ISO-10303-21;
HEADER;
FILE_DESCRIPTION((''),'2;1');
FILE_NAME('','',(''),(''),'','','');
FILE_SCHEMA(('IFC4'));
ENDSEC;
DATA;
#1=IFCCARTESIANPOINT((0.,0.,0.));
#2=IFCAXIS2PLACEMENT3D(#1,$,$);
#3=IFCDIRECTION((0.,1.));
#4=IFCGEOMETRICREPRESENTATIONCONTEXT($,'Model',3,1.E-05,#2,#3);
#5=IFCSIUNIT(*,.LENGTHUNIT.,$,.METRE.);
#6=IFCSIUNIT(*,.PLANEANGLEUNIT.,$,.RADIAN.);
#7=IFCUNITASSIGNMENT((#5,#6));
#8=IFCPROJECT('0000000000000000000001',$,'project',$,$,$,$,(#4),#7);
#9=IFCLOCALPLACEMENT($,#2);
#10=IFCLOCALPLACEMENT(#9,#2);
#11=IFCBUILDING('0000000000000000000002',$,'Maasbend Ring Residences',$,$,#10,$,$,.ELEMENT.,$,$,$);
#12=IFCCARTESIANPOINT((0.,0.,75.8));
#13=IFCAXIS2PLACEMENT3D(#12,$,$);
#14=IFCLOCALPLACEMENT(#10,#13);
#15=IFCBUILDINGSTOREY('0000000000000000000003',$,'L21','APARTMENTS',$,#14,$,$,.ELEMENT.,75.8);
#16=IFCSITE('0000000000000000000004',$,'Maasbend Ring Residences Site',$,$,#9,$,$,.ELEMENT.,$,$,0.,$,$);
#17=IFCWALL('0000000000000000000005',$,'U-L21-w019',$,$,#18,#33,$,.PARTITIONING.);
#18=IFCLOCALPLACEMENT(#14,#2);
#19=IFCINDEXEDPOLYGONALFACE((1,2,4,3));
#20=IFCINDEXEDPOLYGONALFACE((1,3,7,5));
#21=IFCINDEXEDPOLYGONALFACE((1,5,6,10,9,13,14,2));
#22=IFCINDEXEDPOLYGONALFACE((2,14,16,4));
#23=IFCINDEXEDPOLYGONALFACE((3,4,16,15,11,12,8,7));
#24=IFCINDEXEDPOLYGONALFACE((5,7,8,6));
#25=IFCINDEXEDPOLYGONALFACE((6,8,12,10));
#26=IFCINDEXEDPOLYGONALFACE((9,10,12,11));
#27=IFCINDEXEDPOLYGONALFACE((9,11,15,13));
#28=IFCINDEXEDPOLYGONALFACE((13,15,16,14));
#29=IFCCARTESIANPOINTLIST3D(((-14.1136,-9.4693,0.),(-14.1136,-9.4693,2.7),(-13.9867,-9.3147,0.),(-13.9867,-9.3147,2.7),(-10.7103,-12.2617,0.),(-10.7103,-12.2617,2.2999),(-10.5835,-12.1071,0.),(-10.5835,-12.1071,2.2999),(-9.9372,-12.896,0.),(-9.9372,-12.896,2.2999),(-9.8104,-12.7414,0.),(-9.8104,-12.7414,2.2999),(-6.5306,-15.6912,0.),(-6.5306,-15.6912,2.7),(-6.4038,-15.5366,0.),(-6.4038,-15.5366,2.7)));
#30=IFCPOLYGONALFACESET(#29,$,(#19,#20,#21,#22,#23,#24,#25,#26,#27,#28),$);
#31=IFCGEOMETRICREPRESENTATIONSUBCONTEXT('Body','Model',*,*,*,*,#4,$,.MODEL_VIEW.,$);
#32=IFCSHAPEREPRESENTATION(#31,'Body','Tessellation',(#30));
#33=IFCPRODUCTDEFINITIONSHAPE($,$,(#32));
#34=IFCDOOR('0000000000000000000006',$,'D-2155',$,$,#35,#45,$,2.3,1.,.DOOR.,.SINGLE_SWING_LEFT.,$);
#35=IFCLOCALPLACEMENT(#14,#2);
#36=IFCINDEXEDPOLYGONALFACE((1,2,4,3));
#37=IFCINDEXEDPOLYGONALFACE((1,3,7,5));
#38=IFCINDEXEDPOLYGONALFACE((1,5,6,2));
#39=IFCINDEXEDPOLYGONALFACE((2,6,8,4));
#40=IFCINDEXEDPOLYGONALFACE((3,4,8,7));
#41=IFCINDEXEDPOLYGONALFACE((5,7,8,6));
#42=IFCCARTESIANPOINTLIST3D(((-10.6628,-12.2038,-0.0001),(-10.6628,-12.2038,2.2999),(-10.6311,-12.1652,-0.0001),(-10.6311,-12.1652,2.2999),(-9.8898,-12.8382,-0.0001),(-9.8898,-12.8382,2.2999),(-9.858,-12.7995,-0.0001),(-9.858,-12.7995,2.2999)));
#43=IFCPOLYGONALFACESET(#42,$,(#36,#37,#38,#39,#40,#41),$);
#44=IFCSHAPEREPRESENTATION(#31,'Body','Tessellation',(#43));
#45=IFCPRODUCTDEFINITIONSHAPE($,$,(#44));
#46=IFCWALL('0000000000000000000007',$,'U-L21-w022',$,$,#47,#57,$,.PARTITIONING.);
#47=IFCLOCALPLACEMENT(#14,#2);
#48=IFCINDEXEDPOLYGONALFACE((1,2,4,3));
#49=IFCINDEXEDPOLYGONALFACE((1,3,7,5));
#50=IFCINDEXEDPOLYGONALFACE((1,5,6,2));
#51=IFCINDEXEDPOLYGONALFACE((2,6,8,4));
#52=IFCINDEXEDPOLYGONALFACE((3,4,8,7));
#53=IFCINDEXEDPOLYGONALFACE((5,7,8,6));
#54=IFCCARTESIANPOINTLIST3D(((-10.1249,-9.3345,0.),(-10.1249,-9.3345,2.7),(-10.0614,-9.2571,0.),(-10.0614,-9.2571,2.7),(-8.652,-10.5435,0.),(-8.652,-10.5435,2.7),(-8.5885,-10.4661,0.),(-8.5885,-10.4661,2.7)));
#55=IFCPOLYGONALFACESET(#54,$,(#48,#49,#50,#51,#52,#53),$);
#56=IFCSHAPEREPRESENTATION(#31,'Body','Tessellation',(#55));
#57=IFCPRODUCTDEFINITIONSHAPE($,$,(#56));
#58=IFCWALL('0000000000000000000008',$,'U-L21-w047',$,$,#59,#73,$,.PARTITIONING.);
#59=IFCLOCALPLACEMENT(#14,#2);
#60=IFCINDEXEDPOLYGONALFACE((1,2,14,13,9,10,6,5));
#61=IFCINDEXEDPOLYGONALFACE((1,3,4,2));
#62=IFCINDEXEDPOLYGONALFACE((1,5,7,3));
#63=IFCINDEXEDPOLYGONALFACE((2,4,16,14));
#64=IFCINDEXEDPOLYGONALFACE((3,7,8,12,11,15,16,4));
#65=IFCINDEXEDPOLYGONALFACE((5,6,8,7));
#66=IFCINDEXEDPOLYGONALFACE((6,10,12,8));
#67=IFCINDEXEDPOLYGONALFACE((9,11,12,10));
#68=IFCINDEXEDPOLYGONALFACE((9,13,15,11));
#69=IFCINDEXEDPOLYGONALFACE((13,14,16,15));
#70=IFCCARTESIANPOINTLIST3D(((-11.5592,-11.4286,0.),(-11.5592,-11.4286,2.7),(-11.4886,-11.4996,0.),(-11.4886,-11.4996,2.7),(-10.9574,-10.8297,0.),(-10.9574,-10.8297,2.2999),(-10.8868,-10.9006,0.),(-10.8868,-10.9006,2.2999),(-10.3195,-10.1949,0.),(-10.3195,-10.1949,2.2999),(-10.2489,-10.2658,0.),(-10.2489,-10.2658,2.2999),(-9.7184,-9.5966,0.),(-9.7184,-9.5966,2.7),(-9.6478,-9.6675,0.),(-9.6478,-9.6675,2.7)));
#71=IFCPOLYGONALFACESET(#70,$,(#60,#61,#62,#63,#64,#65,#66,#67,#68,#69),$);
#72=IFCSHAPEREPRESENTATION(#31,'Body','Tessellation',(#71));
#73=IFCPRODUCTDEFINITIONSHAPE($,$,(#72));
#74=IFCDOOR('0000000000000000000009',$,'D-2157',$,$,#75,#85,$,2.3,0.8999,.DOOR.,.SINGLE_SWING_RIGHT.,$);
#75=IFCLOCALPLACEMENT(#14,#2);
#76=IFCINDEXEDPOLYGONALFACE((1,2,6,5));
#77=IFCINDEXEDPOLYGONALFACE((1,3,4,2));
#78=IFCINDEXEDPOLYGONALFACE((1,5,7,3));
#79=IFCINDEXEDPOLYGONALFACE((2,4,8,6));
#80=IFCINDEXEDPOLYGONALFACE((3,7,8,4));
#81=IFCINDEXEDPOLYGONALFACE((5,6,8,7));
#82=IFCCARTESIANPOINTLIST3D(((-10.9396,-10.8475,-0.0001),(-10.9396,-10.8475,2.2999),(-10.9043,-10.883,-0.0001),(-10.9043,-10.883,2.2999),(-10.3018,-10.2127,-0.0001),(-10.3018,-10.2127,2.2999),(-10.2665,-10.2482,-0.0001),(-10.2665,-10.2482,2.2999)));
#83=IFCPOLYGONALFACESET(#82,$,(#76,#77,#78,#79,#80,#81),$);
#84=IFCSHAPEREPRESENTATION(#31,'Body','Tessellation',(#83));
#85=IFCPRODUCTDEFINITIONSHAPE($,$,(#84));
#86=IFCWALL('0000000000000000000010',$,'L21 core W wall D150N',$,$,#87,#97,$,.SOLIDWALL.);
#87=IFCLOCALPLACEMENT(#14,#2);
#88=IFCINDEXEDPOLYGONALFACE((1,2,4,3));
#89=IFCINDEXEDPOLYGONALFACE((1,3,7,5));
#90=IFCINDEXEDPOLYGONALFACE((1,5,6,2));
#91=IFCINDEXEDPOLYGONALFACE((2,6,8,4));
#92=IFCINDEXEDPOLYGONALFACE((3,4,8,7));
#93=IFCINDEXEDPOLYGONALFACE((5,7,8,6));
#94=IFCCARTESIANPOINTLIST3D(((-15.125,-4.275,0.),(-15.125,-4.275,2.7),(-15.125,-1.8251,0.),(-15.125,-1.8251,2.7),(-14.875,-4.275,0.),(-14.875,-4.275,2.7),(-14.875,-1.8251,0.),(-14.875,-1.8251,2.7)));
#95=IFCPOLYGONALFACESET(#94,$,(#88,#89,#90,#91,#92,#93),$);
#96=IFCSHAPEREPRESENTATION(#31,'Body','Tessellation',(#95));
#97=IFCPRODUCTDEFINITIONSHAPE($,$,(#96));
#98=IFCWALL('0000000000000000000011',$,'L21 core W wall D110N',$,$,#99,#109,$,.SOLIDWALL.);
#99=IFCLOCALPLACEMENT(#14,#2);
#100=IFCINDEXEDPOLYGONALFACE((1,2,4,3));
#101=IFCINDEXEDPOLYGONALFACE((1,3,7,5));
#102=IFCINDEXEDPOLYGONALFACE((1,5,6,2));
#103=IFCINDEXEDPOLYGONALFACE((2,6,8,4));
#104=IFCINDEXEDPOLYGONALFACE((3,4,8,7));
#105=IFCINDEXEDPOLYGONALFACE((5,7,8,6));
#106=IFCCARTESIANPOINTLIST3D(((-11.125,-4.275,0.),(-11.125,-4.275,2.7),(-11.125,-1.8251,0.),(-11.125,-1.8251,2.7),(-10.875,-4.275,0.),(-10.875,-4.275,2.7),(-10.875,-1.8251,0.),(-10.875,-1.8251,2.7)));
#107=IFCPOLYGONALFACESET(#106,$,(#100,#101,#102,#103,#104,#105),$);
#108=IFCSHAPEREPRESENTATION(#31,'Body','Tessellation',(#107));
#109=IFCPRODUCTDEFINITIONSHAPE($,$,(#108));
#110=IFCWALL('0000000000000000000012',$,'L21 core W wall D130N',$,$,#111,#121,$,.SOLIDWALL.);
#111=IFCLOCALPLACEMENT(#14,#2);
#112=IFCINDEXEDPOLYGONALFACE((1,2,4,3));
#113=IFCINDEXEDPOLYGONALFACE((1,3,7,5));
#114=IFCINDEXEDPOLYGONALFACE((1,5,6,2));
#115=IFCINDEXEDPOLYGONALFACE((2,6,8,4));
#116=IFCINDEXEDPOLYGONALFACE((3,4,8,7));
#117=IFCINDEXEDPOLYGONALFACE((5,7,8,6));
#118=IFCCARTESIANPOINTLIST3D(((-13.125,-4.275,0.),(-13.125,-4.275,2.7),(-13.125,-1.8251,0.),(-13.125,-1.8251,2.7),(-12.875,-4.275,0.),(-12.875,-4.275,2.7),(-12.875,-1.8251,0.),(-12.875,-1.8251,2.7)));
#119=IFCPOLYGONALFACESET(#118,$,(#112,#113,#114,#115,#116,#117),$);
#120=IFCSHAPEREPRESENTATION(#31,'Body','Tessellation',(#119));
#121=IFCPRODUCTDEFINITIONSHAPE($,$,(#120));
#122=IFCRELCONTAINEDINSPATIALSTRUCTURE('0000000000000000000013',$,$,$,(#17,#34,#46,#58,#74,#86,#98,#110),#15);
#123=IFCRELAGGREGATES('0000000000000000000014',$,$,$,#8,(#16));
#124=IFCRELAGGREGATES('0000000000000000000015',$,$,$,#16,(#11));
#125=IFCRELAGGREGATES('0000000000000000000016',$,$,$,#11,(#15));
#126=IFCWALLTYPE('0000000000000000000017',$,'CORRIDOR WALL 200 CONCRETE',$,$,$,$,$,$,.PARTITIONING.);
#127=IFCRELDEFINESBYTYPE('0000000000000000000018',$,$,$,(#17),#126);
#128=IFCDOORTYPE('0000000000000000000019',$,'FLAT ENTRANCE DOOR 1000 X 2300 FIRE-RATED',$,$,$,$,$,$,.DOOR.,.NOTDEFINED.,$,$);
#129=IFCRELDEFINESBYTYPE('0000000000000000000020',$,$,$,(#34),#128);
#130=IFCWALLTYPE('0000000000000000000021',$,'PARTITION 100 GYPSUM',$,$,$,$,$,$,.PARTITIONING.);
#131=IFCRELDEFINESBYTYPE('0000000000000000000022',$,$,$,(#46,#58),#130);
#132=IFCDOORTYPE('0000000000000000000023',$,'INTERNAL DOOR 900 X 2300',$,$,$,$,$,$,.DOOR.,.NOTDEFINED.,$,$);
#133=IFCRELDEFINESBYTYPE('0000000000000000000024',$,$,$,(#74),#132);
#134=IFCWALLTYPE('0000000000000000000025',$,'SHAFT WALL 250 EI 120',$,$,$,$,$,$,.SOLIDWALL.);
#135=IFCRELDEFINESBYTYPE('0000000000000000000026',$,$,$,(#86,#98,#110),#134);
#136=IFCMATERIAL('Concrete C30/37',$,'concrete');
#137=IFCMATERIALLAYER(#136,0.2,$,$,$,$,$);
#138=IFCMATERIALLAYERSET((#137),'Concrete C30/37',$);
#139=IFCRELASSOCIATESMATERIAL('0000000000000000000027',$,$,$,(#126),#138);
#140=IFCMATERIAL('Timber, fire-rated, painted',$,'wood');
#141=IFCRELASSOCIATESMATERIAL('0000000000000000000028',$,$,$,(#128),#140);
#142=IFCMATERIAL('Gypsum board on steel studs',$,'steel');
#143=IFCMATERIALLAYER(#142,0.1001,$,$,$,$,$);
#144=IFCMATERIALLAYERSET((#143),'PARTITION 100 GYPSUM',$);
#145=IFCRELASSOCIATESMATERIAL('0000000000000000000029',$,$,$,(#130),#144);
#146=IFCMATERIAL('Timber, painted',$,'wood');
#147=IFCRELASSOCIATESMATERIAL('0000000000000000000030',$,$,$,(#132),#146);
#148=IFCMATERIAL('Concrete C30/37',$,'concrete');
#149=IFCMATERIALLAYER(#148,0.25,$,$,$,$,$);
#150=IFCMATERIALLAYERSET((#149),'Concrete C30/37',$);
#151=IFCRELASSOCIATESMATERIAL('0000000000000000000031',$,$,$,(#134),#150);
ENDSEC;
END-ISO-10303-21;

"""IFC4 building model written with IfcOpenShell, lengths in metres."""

from ifc_helpers import new_model, si_unit, direction, frame, frame_2d, origin, place, context, subcontext, project, spatial, rectangle, extrude, material, layer, layer_set, type_object, element, fill, save


model = new_model("IFC4")

# Units and contexts
model_context = context("Model", 3, precision=1e-05, world=origin(), true_north=direction((0.0, 1.0)))
body_context = subcontext(model_context, "Body", "Model", "MODEL_VIEW")
ifc_project = project(units=[si_unit("LENGTHUNIT", "METRE"), si_unit("PLANEANGLEUNIT", "RADIAN")], contexts=[model_context])

# Site, building, storey
site_placement = place(None, origin())
site = spatial("IfcSite", under=ifc_project, at=site_placement, Name="Maasbend Ring Residences Site", CompositionType="ELEMENT", RefElevation=0.0)
building_placement = place(site_placement, origin())
building = spatial("IfcBuilding", under=site, at=building_placement, Name="Maasbend Ring Residences", CompositionType="ELEMENT")
storey_placement = place(building_placement, frame((0.0, 0.0, 75.8)))
storey = spatial("IfcBuildingStorey", under=building, at=storey_placement, Name="L21", Description="APARTMENTS", CompositionType="ELEMENT", Elevation=75.8)

# Wall, opening, door
ifc_material_1 = material(Name="Concrete C30/37", Category="concrete")
ifc_layer_1 = layer(ifc_material_1, 0.2)
ifc_layer_set_1 = layer_set([ifc_layer_1], Name="Concrete C30/37")
wall_type_1 = type_object("IfcWallType", Name="CORRIDOR WALL 200 CONCRETE", PredefinedType="PARTITIONING", material=ifc_layer_set_1)
ifc_material_2 = material(Name="Timber, fire-rated, painted", Category="wood")
door_type_1 = type_object("IfcDoorType", Name="FLAT ENTRANCE DOOR 1000 X 2300 FIRE-RATED", OperationType="NOTDEFINED", PredefinedType="DOOR", material=ifc_material_2)
wall_1_placement = place(storey_placement, frame((-14.05, -9.3921, 0.0), z_axis=(0.0, 0.0, 1.0), x_axis=(0.773075, -0.634315, 0.0)))
wall_1 = element("IfcWall", 1, at=wall_1_placement, inside=storey, type_object=wall_type_1, Name="U-L21-w019", PredefinedType="PARTITIONING", context=body_context, shape_type="SweptSolid", body=[
    extrude(rectangle(XDim=9.8088, YDim=0.2, at=frame_2d((4.9043, 0.0))), origin(), (0.0, 0.0, 1.0), 2.7),
])
opening_1_placement = place(wall_1_placement, frame((4.4021, 0.0, 0.0)))
opening_1 = element("IfcOpeningElement", 2, at=opening_1_placement, cuts=wall_1, PredefinedType="OPENING", context=body_context, shape_type="SweptSolid", body=[
    extrude(rectangle(XDim=1.0, YDim=2.3, at=frame_2d((0.5, 1.1499))), frame((0.0, 0.1099, 0.0), z_axis=(0.0, -1.0, 0.0), x_axis=(1.0, 0.0, 0.0)), (0.0, 0.0, 1.0), 0.22),
])
door_1_placement = place(opening_1_placement, origin())
door_1 = element("IfcDoor", 3, at=door_1_placement, inside=storey, type_object=door_type_1, Name="D-2155", OperationType="SINGLE_SWING_LEFT", OverallHeight=2.3, OverallWidth=1.0, PredefinedType="DOOR", context=body_context, shape_type="SweptSolid", body=[
    extrude(rectangle(XDim=1.0, YDim=2.3, at=frame_2d((0.5, 1.1499))), frame((0.0, 0.0249, 0.0), z_axis=(0.0, -1.0, 0.0), x_axis=(1.0, 0.0, 0.0)), (0.0, 0.0, 1.0), 0.05),
])
fill(opening_1, door_1)

# Wall
ifc_material_3 = material(Name="Gypsum board on steel studs", Category="steel")
ifc_layer_2 = layer(ifc_material_3, 0.1001)
ifc_layer_set_2 = layer_set([ifc_layer_2], Name="PARTITION 100 GYPSUM")
wall_type_2 = type_object("IfcWallType", Name="PARTITION 100 GYPSUM", PredefinedType="PARTITIONING", material=ifc_layer_set_2)
wall_2_placement = place(storey_placement, frame((-10.093, -9.2959, 0.0), z_axis=(0.0, 0.0, 1.0), x_axis=(0.772957, -0.634458, 0.0)))
element("IfcWall", 4, at=wall_2_placement, inside=storey, type_object=wall_type_2, Name="U-L21-w022", PredefinedType="PARTITIONING", context=body_context, shape_type="SweptSolid", body=[
    extrude(rectangle(XDim=1.9055, YDim=0.1001, at=frame_2d((0.9526, 0.0))), origin(), (0.0, 0.0, 1.0), 2.7),
])

# Wall, opening, door
wall_3_placement = place(storey_placement, frame((-11.5239, -11.4641, 0.0), z_axis=(0.0, 0.0, 1.0), x_axis=(0.708797, 0.705413, 0.0)))
wall_3 = element("IfcWall", 5, at=wall_3_placement, inside=storey, type_object=wall_type_2, Name="U-L21-w047", PredefinedType="PARTITIONING", context=body_context, shape_type="SweptSolid", body=[
    extrude(rectangle(XDim=2.5972, YDim=0.1001, at=frame_2d((1.2986, 0.0))), origin(), (0.0, 0.0, 1.0), 2.7),
])
opening_2_placement = place(wall_3_placement, frame((0.8491, 0.0, 0.0)))
opening_2 = element("IfcOpeningElement", 6, at=opening_2_placement, cuts=wall_3, PredefinedType="OPENING", context=body_context, shape_type="SweptSolid", body=[
    extrude(rectangle(XDim=0.8999, YDim=2.3, at=frame_2d((0.45, 1.1499))), frame((0.0, 0.0601, 0.0), z_axis=(0.0, -1.0, 0.0), x_axis=(1.0, 0.0, 0.0)), (0.0, 0.0, 1.0), 0.1201),
])
ifc_material_4 = material(Name="Timber, painted", Category="wood")
door_type_2 = type_object("IfcDoorType", Name="INTERNAL DOOR 900 X 2300", OperationType="NOTDEFINED", PredefinedType="DOOR", material=ifc_material_4)
door_2_placement = place(opening_2_placement, origin())
door_2 = element("IfcDoor", 7, at=door_2_placement, inside=storey, type_object=door_type_2, Name="D-2157", OperationType="SINGLE_SWING_RIGHT", OverallHeight=2.3, OverallWidth=0.8999, PredefinedType="DOOR", context=body_context, shape_type="SweptSolid", body=[
    extrude(rectangle(XDim=0.8999, YDim=2.3, at=frame_2d((0.45, 1.1499))), frame((0.0, 0.0249, 0.0), z_axis=(0.0, -1.0, 0.0), x_axis=(1.0, 0.0, 0.0)), (0.0, 0.0, 1.0), 0.05),
])
fill(opening_2, door_2)

# Walls
ifc_material_5 = material(Name="Concrete C30/37", Category="concrete")
ifc_layer_3 = layer(ifc_material_5, 0.25)
ifc_layer_set_3 = layer_set([ifc_layer_3], Name="Concrete C30/37")
wall_type_3 = type_object("IfcWallType", Name="SHAFT WALL 250 EI 120", PredefinedType="SOLIDWALL", material=ifc_layer_set_3)
for number, where, z_axis, x_axis, name in (
    (8, (-15.0, -1.825, 0.0), (0.0, 0.0, 1.0), (0.0, -1.0, 0.0), "L21 core W wall D150N"),
    (9, (-11.0, -1.825, 0.0), (0.0, 0.0, 1.0), (0.0, -1.0, 0.0), "L21 core W wall D110N"),
    (10, (-13.0, -1.825, 0.0), (0.0, 0.0, 1.0), (0.0, -1.0, 0.0), "L21 core W wall D130N"),
):
    element("IfcWall", number, at=place(storey_placement, frame(where, z_axis=z_axis, x_axis=x_axis)), inside=storey, type_object=wall_type_3, Name=name, PredefinedType="SOLIDWALL", context=body_context, shape_type="SweptSolid", body=[
        extrude(rectangle(XDim=2.45, YDim=0.25, at=frame_2d((1.2251, 0.0))), origin(), (0.0, 0.0, 1.0), 2.7),
    ])

save(model, "model.ifc")
